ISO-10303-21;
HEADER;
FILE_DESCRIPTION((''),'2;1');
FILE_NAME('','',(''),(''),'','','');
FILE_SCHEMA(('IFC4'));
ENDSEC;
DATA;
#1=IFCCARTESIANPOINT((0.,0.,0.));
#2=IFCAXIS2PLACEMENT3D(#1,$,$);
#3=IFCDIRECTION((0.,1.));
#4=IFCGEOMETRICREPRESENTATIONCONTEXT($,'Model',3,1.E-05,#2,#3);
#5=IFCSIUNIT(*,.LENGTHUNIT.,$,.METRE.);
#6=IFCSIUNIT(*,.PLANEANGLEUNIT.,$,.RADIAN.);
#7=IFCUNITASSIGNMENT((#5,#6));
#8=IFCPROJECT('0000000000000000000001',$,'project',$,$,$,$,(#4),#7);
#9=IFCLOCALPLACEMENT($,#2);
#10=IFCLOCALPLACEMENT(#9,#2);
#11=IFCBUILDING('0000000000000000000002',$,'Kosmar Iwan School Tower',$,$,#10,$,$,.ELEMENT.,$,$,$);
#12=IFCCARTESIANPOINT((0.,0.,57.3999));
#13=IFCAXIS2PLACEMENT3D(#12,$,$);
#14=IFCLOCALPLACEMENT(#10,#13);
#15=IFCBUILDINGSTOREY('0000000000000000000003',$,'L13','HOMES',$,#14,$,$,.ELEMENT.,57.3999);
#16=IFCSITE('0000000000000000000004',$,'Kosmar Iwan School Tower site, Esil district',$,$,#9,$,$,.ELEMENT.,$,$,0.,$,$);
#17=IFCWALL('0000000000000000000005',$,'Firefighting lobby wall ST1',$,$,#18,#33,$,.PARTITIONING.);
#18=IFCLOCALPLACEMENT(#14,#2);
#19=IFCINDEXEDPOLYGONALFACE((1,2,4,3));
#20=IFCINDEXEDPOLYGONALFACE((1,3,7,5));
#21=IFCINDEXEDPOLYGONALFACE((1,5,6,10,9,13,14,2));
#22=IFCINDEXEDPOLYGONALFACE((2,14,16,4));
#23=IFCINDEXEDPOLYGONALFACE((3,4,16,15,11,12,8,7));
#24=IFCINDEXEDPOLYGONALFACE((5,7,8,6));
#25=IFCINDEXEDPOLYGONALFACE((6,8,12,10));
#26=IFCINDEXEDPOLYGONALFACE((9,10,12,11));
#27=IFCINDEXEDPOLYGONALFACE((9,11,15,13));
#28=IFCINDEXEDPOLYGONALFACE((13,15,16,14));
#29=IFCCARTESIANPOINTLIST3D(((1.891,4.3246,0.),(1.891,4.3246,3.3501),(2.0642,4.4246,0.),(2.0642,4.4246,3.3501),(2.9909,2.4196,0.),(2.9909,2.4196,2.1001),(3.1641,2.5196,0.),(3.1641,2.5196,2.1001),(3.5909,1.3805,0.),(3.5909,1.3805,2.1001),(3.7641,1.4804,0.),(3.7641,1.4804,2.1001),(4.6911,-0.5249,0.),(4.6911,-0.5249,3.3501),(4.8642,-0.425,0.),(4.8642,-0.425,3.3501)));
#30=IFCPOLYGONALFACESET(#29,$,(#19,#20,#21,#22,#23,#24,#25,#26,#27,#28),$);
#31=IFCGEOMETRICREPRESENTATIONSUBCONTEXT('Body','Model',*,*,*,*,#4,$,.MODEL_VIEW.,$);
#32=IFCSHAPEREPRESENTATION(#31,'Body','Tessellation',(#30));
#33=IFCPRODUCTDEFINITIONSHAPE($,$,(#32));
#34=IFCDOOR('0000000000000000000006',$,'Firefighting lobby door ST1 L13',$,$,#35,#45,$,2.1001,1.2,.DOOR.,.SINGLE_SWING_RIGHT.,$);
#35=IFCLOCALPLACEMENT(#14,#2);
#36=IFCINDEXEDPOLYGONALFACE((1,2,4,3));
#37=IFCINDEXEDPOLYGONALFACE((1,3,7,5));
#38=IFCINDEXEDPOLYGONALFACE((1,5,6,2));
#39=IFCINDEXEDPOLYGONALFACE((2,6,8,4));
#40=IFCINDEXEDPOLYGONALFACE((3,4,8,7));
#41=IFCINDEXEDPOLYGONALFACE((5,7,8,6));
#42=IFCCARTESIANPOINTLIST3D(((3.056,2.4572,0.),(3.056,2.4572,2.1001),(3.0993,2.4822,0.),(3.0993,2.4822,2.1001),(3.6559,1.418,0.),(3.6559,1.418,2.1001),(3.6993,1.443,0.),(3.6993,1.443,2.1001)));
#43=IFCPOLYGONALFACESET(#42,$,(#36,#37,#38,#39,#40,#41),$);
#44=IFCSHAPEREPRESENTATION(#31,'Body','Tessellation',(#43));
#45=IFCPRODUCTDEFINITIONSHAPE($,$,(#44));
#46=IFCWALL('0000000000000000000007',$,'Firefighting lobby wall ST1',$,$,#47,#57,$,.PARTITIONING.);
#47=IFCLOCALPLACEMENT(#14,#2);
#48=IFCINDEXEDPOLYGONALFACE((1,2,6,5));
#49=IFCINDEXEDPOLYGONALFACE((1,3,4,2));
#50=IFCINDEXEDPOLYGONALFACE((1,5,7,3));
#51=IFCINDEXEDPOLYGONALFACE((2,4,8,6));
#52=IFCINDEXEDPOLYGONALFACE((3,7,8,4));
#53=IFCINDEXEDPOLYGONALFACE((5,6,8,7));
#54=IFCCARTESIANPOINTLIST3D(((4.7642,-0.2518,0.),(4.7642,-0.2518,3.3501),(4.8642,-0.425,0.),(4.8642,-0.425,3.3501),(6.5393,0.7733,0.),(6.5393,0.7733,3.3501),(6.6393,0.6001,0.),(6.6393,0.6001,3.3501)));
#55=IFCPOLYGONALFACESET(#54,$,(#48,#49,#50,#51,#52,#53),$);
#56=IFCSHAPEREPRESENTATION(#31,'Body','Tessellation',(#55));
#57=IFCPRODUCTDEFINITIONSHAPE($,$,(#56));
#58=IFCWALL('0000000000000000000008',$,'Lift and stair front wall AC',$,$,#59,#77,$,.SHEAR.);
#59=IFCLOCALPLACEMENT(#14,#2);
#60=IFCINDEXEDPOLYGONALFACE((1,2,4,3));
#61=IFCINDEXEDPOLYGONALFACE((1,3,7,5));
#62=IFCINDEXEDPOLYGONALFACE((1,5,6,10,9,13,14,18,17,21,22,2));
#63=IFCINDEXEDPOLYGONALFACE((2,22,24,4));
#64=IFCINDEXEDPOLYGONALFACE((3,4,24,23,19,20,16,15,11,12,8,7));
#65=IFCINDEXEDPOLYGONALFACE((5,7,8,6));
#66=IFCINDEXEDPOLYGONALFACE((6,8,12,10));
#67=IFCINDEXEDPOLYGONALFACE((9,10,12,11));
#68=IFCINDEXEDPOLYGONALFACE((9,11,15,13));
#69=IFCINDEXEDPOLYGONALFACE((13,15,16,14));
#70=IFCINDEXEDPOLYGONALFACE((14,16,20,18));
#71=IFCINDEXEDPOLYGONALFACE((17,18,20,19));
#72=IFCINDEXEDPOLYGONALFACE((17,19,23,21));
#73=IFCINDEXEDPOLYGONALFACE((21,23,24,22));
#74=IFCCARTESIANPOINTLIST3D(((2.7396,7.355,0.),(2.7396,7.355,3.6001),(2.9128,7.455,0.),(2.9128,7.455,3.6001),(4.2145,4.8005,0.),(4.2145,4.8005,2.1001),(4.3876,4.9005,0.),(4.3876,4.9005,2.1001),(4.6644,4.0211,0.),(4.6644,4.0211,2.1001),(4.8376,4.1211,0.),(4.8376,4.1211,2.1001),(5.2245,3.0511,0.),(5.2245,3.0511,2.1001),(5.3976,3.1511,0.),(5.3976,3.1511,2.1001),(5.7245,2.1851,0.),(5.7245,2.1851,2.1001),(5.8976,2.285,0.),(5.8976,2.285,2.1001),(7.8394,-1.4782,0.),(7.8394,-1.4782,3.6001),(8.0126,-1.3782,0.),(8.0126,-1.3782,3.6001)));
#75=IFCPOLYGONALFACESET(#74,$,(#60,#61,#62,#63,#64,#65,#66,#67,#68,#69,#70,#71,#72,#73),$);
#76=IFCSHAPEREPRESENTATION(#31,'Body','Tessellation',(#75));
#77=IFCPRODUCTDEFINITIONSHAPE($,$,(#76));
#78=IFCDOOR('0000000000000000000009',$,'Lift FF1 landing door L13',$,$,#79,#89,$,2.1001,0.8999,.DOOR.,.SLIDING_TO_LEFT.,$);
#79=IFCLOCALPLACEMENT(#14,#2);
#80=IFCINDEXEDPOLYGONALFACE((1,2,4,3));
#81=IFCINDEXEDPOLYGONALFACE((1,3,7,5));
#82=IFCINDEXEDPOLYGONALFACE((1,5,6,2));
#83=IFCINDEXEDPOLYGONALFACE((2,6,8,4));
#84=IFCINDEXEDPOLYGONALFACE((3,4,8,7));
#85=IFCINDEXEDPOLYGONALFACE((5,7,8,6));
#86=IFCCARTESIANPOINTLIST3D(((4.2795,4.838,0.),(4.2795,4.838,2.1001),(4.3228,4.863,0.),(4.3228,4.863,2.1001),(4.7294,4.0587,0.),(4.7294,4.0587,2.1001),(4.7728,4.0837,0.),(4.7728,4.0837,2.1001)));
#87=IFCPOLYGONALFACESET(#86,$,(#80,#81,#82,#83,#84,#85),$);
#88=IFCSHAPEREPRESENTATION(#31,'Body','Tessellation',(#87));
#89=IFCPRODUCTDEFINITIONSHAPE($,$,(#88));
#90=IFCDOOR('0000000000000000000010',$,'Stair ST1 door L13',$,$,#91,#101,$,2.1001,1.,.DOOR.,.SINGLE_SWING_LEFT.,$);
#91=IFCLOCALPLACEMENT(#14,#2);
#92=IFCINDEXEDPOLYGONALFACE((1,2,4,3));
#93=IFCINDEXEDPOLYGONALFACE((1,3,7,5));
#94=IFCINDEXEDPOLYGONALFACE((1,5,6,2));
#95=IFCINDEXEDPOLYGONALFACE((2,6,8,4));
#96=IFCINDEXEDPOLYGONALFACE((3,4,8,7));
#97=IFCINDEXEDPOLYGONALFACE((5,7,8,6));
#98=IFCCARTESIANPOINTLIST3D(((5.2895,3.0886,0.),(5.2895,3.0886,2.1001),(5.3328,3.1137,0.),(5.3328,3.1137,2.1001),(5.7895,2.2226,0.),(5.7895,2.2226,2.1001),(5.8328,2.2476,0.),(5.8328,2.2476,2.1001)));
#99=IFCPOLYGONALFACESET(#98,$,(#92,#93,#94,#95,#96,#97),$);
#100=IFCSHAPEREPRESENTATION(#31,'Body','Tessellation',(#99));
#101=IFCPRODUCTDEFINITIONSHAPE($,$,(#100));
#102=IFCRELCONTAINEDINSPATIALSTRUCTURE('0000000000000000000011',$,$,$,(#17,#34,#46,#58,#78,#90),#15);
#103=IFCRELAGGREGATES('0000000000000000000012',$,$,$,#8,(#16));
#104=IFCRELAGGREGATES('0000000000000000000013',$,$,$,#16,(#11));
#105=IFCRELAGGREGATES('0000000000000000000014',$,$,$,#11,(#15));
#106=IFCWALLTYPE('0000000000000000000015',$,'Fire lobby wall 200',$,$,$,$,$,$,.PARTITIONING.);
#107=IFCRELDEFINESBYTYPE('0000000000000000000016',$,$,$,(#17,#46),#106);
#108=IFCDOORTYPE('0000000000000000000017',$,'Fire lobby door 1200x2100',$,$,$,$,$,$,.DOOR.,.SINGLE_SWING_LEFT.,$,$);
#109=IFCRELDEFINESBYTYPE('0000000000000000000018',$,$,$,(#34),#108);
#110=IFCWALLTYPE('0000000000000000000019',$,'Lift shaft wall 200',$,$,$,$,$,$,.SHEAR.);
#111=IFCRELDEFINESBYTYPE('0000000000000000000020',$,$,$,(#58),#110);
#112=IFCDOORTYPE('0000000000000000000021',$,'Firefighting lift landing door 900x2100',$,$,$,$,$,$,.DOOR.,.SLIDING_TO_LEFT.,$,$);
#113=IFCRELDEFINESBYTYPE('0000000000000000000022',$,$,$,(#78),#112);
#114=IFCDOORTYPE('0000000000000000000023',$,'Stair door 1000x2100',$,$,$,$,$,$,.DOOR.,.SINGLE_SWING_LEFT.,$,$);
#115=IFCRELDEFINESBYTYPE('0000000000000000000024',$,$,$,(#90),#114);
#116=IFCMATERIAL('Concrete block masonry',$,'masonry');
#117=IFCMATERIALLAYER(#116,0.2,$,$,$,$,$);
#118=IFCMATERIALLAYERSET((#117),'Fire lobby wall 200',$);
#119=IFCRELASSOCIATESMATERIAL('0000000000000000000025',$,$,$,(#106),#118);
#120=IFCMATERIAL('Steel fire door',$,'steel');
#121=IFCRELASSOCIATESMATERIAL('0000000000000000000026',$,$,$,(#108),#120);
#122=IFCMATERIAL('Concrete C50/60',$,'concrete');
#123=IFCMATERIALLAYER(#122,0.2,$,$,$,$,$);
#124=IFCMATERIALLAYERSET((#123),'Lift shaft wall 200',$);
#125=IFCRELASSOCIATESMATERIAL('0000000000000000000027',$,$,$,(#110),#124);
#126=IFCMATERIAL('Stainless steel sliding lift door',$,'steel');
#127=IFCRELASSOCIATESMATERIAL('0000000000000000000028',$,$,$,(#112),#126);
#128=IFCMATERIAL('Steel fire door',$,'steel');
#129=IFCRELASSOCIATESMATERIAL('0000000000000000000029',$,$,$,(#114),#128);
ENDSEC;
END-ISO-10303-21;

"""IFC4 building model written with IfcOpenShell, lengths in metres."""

from ifc_helpers import new_model, si_unit, direction, frame, frame_2d, origin, place, context, subcontext, project, spatial, rectangle, extrude, material, layer, layer_set, type_object, element, fill, save


model = new_model("IFC4")

# Units and contexts
model_context = context("Model", 3, precision=1e-05, world=origin(), true_north=direction((0.0, 1.0)))
body_context = subcontext(model_context, "Body", "Model", "MODEL_VIEW")
ifc_project = project(units=[si_unit("LENGTHUNIT", "METRE"), si_unit("PLANEANGLEUNIT", "RADIAN")], contexts=[model_context])

# Site, building, storey
site_placement = place(None, origin())
site = spatial("IfcSite", under=ifc_project, at=site_placement, Name="Kosmar Iwan School Tower site, Esil district", CompositionType="ELEMENT", RefElevation=0.0)
building_placement = place(site_placement, origin())
building = spatial("IfcBuilding", under=site, at=building_placement, Name="Kosmar Iwan School Tower", CompositionType="ELEMENT")
storey_placement = place(building_placement, frame((0.0, 0.0, 57.3999)))
storey = spatial("IfcBuildingStorey", under=building, at=storey_placement, Name="L13", Description="HOMES", CompositionType="ELEMENT", Elevation=57.3999)

# Wall, opening, door
ifc_material_1 = material(Name="Concrete block masonry", Category="masonry")
ifc_layer_1 = layer(ifc_material_1, 0.2)
ifc_layer_set_1 = layer_set([ifc_layer_1], Name="Fire lobby wall 200")
wall_type_1 = type_object("IfcWallType", Name="Fire lobby wall 200", PredefinedType="PARTITIONING", material=ifc_layer_set_1)
wall_1_placement = place(storey_placement, frame((4.7776, -0.4749, 0.0), z_axis=(0.0, 0.0, 1.0), x_axis=(-0.500017, 0.866016, 0.0)))
wall_1 = element("IfcWall", 1, at=wall_1_placement, inside=storey, type_object=wall_type_1, Name="Firefighting lobby wall ST1", PredefinedType="PARTITIONING", context=body_context, shape_type="SweptSolid", body=[
    extrude(rectangle(XDim=5.5999, YDim=0.2, at=frame_2d((2.7998, 0.0))), origin(), (0.0, 0.0, 1.0), 3.3501),
])
opening_1_placement = place(wall_1_placement, frame((2.2, 0.0, 0.0)))
opening_1 = element("IfcOpeningElement", 2, at=opening_1_placement, cuts=wall_1, PredefinedType="OPENING", context=body_context, shape_type="SweptSolid", body=[
    extrude(rectangle(XDim=1.2, YDim=2.1001, at=frame_2d((0.6001, 1.05))), frame((0.0, 0.1121, 0.0), z_axis=(0.0, -1.0, 0.0), x_axis=(1.0, 0.0, 0.0)), (0.0, 0.0, 1.0), 0.2239),
])
ifc_material_2 = material(Name="Steel fire door", Category="steel")
door_type_1 = type_object("IfcDoorType", Name="Fire lobby door 1200x2100", OperationType="SINGLE_SWING_LEFT", PredefinedType="DOOR", material=ifc_material_2)
door_1_placement = place(opening_1_placement, origin())
door_1 = element("IfcDoor", 3, at=door_1_placement, inside=storey, type_object=door_type_1, Name="Firefighting lobby door ST1 L13", OperationType="SINGLE_SWING_RIGHT", OverallHeight=2.1001, OverallWidth=1.2, PredefinedType="DOOR", context=body_context, shape_type="SweptSolid", body=[
    extrude(rectangle(XDim=1.2, YDim=2.1001, at=frame_2d((0.6001, 1.05))), frame((0.0, 0.0249, 0.0), z_axis=(0.0, -1.0, 0.0), x_axis=(1.0, 0.0, 0.0)), (0.0, 0.0, 1.0), 0.05),
])
fill(opening_1, door_1)

# Wall
wall_2_placement = place(storey_placement, frame((4.8142, -0.3384, 0.0), z_axis=(0.0, 0.0, 1.0), x_axis=(0.865969, 0.500097, 0.0)))
element("IfcWall", 4, at=wall_2_placement, inside=storey, type_object=wall_type_1, Name="Firefighting lobby wall ST1", PredefinedType="PARTITIONING", context=body_context, shape_type="SweptSolid", body=[
    extrude(rectangle(XDim=2.0498, YDim=0.2, at=frame_2d((1.0249, 0.0))), origin(), (0.0, 0.0, 1.0), 3.3501),
])

# Wall, openings, doors
ifc_material_3 = material(Name="Concrete C50/60", Category="concrete")
ifc_layer_2 = layer(ifc_material_3, 0.2)
ifc_layer_set_2 = layer_set([ifc_layer_2], Name="Lift shaft wall 200")
wall_type_2 = type_object("IfcWallType", Name="Lift shaft wall 200", PredefinedType="SHEAR", material=ifc_layer_set_2)
wall_3_placement = place(storey_placement, frame((7.926, -1.4282, 0.0), z_axis=(0.0, 0.0, 1.0), x_axis=(-0.499998, 0.866027, 0.0)))
wall_3 = element("IfcWall", 5, at=wall_3_placement, inside=storey, type_object=wall_type_2, Name="Lift and stair front wall AC", PredefinedType="SHEAR", context=body_context, shape_type="SweptSolid", body=[
    extrude(rectangle(XDim=10.1997, YDim=0.2, at=frame_2d((5.0999, 0.0))), origin(), (0.0, 0.0, 1.0), 3.6001),
])
opening_2_placement = place(wall_3_placement, frame((6.3501, 0.0, 0.0)))
opening_2 = element("IfcOpeningElement", 6, at=opening_2_placement, cuts=wall_3, PredefinedType="OPENING", context=body_context, shape_type="SweptSolid", body=[
    extrude(rectangle(XDim=0.8999, YDim=2.1001, at=frame_2d((0.45, 1.05))), frame((0.0, 0.1121, 0.0), z_axis=(0.0, -1.0, 0.0), x_axis=(1.0, 0.0, 0.0)), (0.0, 0.0, 1.0), 0.2239),
])
opening_3_placement = place(wall_3_placement, frame((4.23, 0.0, 0.0)))
opening_3 = element("IfcOpeningElement", 7, at=opening_3_placement, cuts=wall_3, PredefinedType="OPENING", context=body_context, shape_type="SweptSolid", body=[
    extrude(rectangle(XDim=1.0, YDim=2.1001, at=frame_2d((0.5, 1.05))), frame((0.0, 0.1121, 0.0), z_axis=(0.0, -1.0, 0.0), x_axis=(1.0, 0.0, 0.0)), (0.0, 0.0, 1.0), 0.2239),
])
ifc_material_4 = material(Name="Stainless steel sliding lift door", Category="steel")
door_type_2 = type_object("IfcDoorType", Name="Firefighting lift landing door 900x2100", OperationType="SLIDING_TO_LEFT", PredefinedType="DOOR", material=ifc_material_4)
door_2_placement = place(opening_2_placement, origin())
door_2 = element("IfcDoor", 8, at=door_2_placement, inside=storey, type_object=door_type_2, Name="Lift FF1 landing door L13", OperationType="SLIDING_TO_LEFT", OverallHeight=2.1001, OverallWidth=0.8999, PredefinedType="DOOR", context=body_context, shape_type="SweptSolid", body=[
    extrude(rectangle(XDim=0.8999, YDim=2.1001, at=frame_2d((0.45, 1.05))), frame((0.0, 0.0249, 0.0), z_axis=(0.0, -1.0, 0.0), x_axis=(1.0, 0.0, 0.0)), (0.0, 0.0, 1.0), 0.05),
])
fill(opening_2, door_2)
ifc_material_5 = material(Name="Steel fire door", Category="steel")
door_type_3 = type_object("IfcDoorType", Name="Stair door 1000x2100", OperationType="SINGLE_SWING_LEFT", PredefinedType="DOOR", material=ifc_material_5)
door_3_placement = place(opening_3_placement, origin())
door_3 = element("IfcDoor", 9, at=door_3_placement, inside=storey, type_object=door_type_3, Name="Stair ST1 door L13", OperationType="SINGLE_SWING_LEFT", OverallHeight=2.1001, OverallWidth=1.0, PredefinedType="DOOR", context=body_context, shape_type="SweptSolid", body=[
    extrude(rectangle(XDim=1.0, YDim=2.1001, at=frame_2d((0.5, 1.05))), frame((0.0, 0.0249, 0.0), z_axis=(0.0, -1.0, 0.0), x_axis=(1.0, 0.0, 0.0)), (0.0, 0.0, 1.0), 0.05),
])
fill(opening_3, door_3)

save(model, "model.ifc")
